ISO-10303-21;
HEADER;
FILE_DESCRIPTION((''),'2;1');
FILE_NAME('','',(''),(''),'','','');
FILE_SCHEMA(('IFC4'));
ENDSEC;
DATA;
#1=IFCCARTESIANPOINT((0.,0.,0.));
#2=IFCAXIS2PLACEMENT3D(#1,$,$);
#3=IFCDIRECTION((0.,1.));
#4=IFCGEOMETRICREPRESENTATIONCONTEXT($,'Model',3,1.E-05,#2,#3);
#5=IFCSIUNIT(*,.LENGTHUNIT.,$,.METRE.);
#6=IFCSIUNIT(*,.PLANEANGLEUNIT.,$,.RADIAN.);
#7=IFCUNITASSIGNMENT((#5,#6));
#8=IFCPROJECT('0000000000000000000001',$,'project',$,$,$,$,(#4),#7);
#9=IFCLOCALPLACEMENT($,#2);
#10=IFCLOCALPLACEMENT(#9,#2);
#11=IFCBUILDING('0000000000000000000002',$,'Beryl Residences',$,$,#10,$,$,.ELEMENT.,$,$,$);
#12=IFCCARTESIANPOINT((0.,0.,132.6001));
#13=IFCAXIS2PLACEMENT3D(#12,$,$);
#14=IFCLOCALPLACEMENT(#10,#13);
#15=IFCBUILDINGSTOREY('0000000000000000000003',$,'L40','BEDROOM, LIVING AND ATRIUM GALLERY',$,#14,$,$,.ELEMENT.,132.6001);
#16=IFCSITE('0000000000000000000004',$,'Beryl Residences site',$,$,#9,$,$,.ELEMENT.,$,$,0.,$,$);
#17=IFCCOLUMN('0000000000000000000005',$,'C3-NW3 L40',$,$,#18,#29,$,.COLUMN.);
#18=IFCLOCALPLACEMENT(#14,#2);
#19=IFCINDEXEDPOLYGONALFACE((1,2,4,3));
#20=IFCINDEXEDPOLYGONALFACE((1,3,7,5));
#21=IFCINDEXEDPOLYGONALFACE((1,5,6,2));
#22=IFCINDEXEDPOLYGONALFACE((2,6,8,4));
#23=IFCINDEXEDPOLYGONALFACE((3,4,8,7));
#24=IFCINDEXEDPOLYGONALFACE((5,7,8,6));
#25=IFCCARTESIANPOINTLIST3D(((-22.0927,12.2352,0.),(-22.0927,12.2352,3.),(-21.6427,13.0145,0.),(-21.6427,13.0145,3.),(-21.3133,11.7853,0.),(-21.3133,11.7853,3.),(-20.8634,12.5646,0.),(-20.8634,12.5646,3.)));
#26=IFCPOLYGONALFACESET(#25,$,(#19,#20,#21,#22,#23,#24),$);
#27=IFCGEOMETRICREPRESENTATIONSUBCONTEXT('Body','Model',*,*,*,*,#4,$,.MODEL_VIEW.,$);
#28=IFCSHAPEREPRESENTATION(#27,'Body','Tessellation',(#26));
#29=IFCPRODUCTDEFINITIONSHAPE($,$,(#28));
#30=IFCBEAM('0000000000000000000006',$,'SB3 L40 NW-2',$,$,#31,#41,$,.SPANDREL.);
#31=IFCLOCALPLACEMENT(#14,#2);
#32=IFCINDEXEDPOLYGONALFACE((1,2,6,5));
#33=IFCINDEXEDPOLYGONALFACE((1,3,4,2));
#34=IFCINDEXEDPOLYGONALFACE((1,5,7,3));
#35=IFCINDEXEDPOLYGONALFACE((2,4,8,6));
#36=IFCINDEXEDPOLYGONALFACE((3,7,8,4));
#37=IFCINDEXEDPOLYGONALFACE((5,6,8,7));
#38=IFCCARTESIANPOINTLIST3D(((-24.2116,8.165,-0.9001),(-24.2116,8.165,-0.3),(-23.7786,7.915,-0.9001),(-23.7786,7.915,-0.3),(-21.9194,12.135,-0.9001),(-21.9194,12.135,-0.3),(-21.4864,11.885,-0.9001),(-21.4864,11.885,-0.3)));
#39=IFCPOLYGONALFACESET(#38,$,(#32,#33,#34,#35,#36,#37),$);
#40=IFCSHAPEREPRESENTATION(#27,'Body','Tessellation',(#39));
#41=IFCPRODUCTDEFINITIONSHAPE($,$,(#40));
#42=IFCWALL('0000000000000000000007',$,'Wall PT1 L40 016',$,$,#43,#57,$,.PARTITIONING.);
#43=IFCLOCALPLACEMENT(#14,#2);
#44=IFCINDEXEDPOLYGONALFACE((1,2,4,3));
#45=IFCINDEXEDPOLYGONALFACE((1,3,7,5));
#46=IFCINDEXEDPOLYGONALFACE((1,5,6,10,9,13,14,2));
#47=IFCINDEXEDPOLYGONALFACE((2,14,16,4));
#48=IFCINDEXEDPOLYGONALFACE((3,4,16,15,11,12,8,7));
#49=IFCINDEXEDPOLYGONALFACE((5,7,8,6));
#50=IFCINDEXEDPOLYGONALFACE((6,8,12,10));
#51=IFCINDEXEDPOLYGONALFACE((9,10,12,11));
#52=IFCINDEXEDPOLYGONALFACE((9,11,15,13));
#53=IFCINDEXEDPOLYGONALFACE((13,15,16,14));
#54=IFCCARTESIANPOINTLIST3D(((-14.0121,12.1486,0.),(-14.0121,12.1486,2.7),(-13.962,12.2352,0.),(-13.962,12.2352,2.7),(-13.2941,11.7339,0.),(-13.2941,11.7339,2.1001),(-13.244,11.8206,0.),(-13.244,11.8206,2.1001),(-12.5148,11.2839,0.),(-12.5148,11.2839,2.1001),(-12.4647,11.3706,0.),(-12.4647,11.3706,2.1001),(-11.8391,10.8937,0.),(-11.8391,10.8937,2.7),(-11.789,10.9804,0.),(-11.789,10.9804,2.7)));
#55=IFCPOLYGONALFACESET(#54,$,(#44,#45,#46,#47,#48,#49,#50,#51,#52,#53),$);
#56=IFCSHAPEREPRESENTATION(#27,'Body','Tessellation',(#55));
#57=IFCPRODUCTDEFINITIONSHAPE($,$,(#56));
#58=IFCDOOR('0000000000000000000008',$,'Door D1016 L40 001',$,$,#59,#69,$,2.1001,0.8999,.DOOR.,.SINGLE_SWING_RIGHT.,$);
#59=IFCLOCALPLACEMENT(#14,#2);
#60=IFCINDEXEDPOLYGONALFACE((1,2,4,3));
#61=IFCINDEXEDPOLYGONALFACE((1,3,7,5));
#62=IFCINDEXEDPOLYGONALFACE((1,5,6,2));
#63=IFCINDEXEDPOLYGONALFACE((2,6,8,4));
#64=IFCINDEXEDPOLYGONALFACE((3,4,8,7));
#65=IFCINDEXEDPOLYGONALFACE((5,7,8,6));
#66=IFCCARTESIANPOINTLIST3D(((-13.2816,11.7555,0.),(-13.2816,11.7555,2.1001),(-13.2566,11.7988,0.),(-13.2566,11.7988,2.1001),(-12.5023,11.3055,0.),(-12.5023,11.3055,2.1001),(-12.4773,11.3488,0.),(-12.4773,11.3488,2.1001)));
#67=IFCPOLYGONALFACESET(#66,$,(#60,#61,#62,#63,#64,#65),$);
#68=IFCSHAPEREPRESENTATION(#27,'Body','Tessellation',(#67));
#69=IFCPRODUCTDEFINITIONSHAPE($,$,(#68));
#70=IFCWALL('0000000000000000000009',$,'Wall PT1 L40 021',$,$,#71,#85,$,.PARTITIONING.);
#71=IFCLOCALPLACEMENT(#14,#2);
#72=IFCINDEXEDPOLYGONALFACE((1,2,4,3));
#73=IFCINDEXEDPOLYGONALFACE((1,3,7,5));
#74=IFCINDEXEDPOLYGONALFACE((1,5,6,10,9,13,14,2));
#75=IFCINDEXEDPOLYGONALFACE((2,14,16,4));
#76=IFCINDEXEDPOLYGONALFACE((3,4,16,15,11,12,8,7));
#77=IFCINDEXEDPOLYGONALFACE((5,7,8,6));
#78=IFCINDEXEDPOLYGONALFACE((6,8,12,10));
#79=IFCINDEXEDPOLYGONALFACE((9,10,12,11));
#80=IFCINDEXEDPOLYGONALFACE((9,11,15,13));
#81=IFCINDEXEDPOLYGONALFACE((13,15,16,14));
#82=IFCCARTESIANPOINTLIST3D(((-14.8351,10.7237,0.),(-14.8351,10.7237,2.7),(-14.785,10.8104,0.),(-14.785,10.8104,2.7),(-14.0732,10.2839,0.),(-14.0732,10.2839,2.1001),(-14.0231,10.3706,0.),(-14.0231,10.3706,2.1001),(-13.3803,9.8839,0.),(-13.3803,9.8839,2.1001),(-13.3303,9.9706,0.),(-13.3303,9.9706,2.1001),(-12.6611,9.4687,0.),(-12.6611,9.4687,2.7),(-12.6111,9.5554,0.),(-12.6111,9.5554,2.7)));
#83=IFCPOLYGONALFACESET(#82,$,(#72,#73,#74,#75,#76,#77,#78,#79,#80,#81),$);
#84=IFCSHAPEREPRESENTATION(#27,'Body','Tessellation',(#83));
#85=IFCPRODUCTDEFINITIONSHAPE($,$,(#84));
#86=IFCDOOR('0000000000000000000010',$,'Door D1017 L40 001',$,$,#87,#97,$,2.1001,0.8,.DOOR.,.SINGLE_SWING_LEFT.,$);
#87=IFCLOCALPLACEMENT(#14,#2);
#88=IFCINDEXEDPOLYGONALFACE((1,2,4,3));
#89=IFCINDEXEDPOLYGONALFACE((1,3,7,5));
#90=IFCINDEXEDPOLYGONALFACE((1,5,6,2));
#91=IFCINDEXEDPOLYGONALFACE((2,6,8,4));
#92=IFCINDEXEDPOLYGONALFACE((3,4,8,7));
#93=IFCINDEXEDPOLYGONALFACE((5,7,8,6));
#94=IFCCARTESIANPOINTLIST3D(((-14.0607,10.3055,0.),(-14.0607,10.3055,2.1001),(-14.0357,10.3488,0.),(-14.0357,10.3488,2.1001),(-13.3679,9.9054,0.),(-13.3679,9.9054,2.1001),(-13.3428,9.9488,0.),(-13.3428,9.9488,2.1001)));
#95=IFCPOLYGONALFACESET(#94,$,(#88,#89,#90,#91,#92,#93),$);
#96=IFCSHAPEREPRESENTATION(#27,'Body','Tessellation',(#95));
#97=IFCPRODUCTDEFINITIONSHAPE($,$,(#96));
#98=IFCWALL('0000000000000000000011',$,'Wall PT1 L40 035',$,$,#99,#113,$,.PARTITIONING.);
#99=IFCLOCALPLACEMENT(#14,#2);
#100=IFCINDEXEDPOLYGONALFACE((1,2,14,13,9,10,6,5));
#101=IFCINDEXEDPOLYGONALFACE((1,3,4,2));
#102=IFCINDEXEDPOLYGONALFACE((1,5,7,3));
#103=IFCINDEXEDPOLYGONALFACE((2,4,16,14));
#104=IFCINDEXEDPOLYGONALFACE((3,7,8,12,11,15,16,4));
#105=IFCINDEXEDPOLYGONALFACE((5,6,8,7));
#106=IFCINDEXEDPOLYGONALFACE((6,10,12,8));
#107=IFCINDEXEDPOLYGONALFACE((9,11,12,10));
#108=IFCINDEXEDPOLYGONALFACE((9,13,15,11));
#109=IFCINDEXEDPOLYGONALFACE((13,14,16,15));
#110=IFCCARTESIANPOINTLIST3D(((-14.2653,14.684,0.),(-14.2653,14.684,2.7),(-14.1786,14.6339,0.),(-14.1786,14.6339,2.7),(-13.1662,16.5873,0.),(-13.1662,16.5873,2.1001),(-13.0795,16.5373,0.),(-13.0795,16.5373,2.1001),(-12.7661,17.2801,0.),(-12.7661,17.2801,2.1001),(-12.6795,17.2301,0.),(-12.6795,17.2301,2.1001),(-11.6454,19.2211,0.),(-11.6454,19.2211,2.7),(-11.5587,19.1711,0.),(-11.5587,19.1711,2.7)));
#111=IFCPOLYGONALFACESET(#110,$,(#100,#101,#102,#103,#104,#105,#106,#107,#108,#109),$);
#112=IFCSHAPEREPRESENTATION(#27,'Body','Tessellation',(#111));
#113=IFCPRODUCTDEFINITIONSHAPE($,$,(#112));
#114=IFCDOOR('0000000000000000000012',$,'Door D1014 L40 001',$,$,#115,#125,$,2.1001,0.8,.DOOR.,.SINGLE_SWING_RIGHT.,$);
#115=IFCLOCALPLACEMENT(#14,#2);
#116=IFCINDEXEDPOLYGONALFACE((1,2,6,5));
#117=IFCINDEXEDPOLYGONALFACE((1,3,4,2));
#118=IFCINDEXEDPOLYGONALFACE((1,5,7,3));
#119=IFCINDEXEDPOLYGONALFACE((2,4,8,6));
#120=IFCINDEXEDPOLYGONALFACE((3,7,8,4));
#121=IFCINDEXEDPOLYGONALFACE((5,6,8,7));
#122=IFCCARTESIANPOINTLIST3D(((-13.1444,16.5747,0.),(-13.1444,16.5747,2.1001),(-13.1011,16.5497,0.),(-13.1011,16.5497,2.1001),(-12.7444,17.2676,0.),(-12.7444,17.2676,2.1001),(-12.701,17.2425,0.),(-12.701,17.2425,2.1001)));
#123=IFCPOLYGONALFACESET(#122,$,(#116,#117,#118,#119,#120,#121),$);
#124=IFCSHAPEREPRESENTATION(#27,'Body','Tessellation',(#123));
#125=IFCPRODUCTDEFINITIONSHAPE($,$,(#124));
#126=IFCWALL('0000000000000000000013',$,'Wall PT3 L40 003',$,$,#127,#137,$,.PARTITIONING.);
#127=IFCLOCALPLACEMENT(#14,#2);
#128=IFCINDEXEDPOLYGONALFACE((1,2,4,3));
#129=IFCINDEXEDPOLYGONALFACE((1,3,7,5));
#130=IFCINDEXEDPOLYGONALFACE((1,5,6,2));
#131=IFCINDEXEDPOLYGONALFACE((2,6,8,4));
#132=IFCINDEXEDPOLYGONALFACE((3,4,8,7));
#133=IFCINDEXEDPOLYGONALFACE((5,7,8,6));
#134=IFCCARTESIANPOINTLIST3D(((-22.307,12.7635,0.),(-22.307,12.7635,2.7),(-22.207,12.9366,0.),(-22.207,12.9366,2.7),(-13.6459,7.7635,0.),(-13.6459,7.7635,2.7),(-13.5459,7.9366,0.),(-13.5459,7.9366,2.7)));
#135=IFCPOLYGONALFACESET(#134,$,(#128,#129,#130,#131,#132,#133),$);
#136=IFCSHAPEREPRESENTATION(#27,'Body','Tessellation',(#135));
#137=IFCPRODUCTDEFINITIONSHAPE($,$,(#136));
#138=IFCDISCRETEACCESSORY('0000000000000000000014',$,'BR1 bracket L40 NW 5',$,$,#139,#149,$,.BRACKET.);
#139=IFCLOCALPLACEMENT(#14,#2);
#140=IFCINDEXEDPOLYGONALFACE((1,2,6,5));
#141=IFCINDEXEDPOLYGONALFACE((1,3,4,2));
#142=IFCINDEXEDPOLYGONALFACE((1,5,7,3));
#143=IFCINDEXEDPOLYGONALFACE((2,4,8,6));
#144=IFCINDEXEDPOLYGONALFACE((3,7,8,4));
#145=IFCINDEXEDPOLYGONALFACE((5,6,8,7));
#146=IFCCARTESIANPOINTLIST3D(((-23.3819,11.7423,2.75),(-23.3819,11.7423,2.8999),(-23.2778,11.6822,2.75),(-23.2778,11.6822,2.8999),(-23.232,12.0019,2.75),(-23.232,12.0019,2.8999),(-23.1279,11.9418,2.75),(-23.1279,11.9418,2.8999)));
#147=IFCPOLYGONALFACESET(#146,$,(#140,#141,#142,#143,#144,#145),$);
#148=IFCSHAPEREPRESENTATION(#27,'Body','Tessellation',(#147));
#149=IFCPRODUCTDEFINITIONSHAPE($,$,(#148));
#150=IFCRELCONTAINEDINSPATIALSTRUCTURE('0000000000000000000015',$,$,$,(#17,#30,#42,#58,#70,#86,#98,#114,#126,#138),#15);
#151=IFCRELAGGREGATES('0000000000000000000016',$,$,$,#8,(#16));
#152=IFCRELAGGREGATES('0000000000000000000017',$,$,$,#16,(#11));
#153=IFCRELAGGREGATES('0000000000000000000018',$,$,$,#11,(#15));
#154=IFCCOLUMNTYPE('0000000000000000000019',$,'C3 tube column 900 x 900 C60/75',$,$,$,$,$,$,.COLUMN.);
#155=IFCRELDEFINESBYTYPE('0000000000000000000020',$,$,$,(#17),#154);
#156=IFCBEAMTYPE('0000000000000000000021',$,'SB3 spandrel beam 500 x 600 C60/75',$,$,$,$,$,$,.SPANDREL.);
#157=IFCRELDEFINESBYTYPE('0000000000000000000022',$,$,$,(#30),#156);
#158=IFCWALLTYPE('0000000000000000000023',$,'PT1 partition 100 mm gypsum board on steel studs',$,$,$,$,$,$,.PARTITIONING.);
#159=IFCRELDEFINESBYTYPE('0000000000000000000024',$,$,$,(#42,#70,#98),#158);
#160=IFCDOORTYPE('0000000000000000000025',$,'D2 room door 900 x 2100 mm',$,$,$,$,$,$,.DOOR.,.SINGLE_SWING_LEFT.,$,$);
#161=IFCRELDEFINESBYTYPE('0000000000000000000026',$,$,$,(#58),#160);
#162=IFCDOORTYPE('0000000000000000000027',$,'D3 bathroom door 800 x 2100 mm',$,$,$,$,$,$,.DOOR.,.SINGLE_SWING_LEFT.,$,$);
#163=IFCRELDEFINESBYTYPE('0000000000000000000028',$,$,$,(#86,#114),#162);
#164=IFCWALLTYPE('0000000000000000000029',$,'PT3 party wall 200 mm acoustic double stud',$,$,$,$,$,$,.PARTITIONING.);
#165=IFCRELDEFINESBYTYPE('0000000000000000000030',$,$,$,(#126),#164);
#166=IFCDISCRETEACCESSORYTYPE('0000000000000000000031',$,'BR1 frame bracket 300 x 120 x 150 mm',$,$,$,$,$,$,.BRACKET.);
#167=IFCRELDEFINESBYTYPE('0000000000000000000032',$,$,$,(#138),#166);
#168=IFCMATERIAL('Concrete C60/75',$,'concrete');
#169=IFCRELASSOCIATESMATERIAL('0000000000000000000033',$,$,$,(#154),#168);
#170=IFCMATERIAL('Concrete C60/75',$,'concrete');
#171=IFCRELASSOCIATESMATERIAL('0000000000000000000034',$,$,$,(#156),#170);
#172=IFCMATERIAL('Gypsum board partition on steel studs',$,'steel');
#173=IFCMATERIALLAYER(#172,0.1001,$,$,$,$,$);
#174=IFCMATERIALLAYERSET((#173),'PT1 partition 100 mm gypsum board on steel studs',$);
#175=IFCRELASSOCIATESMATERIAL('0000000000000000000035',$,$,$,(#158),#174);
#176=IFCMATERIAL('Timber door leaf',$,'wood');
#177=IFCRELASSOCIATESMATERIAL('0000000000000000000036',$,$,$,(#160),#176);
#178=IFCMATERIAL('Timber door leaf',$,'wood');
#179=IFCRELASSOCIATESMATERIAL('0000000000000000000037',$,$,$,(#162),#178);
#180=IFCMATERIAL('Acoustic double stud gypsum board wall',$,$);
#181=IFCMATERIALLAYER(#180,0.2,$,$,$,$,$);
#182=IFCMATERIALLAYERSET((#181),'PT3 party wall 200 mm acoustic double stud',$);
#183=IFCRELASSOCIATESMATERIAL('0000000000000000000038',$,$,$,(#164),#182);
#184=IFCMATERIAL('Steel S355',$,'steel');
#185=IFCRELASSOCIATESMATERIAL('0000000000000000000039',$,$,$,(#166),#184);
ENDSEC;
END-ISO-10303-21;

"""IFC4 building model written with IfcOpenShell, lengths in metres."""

from ifc_helpers import new_model, si_unit, direction, frame, frame_2d, origin, origin_2d, place, context, subcontext, project, spatial, polyline, rectangle, outline, extrude, source, transform, mapped, material, layer, layer_set, material_profile, profile_set, type_object, type_shapes, element, fill, save


model = new_model("IFC4")

# Units and contexts
model_context = context("Model", 3, precision=1e-05, world=origin(), true_north=direction((0.0, 1.0)))
body_context = subcontext(model_context, "Body", "Model", "MODEL_VIEW")
ifc_project = project(units=[si_unit("LENGTHUNIT", "METRE"), si_unit("PLANEANGLEUNIT", "RADIAN")], contexts=[model_context])

# Site, building, storey
site_placement = place(None, origin())
site = spatial("IfcSite", under=ifc_project, at=site_placement, Name="Beryl Residences site", CompositionType="ELEMENT", RefElevation=0.0)
building_placement = place(site_placement, origin())
building = spatial("IfcBuilding", under=site, at=building_placement, Name="Beryl Residences", CompositionType="ELEMENT")
storey_placement = place(building_placement, frame((0.0, 0.0, 132.6001)))
storey = spatial("IfcBuildingStorey", under=building, at=storey_placement, Name="L40", Description="BEDROOM, LIVING AND ATRIUM GALLERY", CompositionType="ELEMENT", Elevation=132.6001)

# Column
ifc_material_1 = material(Name="Concrete C60/75", Category="concrete")
ifc_material_profile_1 = material_profile(ifc_material_1, rectangle(XDim=0.8999, YDim=0.8999, at=origin_2d()))
ifc_profile_set_1 = profile_set([ifc_material_profile_1], Name="Concrete C60/75")
column_type = type_object("IfcColumnType", Name="C3 tube column 900 x 900 C60/75", PredefinedType="COLUMN", material=ifc_profile_set_1)
column_placement = place(storey_placement, frame((-21.478, 12.3999, 0.0), z_axis=(0.0, 0.0, 1.0), x_axis=(-0.5, -0.866025, 0.0)))
element("IfcColumn", 1, at=column_placement, inside=storey, type_object=column_type, Name="C3-NW3 L40", PredefinedType="COLUMN", context=body_context, shape_type="SweptSolid", body=[
    extrude(rectangle(XDim=0.8999, YDim=0.8999, at=origin_2d()), origin(), (0.0, 0.0, 1.0), 3.0),
])

# Beam
ifc_material_2 = material(Name="Concrete C60/75", Category="concrete")
ifc_material_profile_2 = material_profile(ifc_material_2, rectangle(XDim=0.5, YDim=0.6001, at=origin_2d()))
ifc_profile_set_2 = profile_set([ifc_material_profile_2], Name="Concrete C60/75")
beam_type = type_object("IfcBeamType", Name="SB3 spandrel beam 500 x 600 C60/75", PredefinedType="SPANDREL", material=ifc_profile_set_2)
beam_placement = place(storey_placement, frame((-21.7029, 12.01, -0.6001), z_axis=(-0.500028, -0.866009, 0.0), x_axis=(0.866009, -0.500028, 0.0)))
element("IfcBeam", 2, at=beam_placement, inside=storey, type_object=beam_type, Name="SB3 L40 NW-2", PredefinedType="SPANDREL", context=body_context, shape_type="SweptSolid", body=[
    extrude(rectangle(XDim=0.5, YDim=0.6001, at=origin_2d()), origin(), (0.0, 0.0, 1.0), 4.5842),
])

# Walls, openings, doors
ifc_material_3 = material(Name="Gypsum board partition on steel studs", Category="steel")
ifc_layer_1 = layer(ifc_material_3, 0.1001)
ifc_layer_set_1 = layer_set([ifc_layer_1], Name="PT1 partition 100 mm gypsum board on steel studs")
wall_type_1 = type_object("IfcWallType", Name="PT1 partition 100 mm gypsum board on steel studs", PredefinedType="PARTITIONING", material=ifc_layer_set_1)
wall_1_placement = place(storey_placement, frame((-13.9871, 12.1919, 0.0), z_axis=(0.0, 0.0, 1.0), x_axis=(0.865983, -0.500073, 0.0)))
wall_1 = element("IfcWall", 3, at=wall_1_placement, inside=storey, type_object=wall_type_1, Name="Wall PT1 L40 016", PredefinedType="PARTITIONING", context=body_context, shape_type="SweptSolid", body=[
    extrude(rectangle(XDim=2.5093, YDim=0.1001, at=frame_2d((1.2546, 0.0))), origin(), (0.0, 0.0, 1.0), 2.7),
])
opening_1_placement = place(wall_1_placement, frame((0.8291, 0.0, 0.0)))
opening_1 = element("IfcOpeningElement", 4, at=opening_1_placement, cuts=wall_1, PredefinedType="OPENING", context=body_context, shape_type="SweptSolid", body=[
    extrude(rectangle(XDim=0.8999, YDim=2.1001, at=frame_2d((0.45, 1.05))), frame((0.0, 0.0601, 0.0), z_axis=(0.0, -1.0, 0.0), x_axis=(1.0, 0.0, 0.0)), (0.0, 0.0, 1.0), 0.1201),
])
ifc_material_4 = material(Name="Timber door leaf", Category="wood")
door_type_1 = type_object("IfcDoorType", Name="D2 room door 900 x 2100 mm", OperationType="SINGLE_SWING_LEFT", PredefinedType="DOOR", material=ifc_material_4)
door_1_placement = place(opening_1_placement, origin())
door_1 = element("IfcDoor", 5, at=door_1_placement, inside=storey, type_object=door_type_1, Name="Door D1016 L40 001", OperationType="SINGLE_SWING_RIGHT", OverallHeight=2.1001, OverallWidth=0.8999, PredefinedType="DOOR", context=body_context, shape_type="SweptSolid", body=[
    extrude(rectangle(XDim=0.8999, YDim=2.1001, at=frame_2d((0.45, 1.05))), frame((0.0, 0.0249, 0.0), z_axis=(0.0, -1.0, 0.0), x_axis=(1.0, 0.0, 0.0)), (0.0, 0.0, 1.0), 0.05),
])
fill(opening_1, door_1)
wall_2_placement = place(storey_placement, frame((-14.8101, 10.7671, 0.0), z_axis=(0.0, 0.0, 1.0), x_axis=(0.866038, -0.499978, 0.0)))
wall_2 = element("IfcWall", 6, at=wall_2_placement, inside=storey, type_object=wall_type_1, Name="Wall PT1 L40 021", PredefinedType="PARTITIONING", context=body_context, shape_type="SweptSolid", body=[
    extrude(rectangle(XDim=2.5103, YDim=0.1001, at=frame_2d((1.2551, 0.0))), origin(), (0.0, 0.0, 1.0), 2.7),
])
opening_2_placement = place(wall_2_placement, frame((0.8799, 0.0, 0.0)))
opening_2 = element("IfcOpeningElement", 7, at=opening_2_placement, cuts=wall_2, PredefinedType="OPENING", context=body_context, shape_type="SweptSolid", body=[
    extrude(rectangle(XDim=0.8, YDim=2.1001, at=frame_2d((0.3999, 1.05))), frame((0.0, 0.0601, 0.0), z_axis=(0.0, -1.0, 0.0), x_axis=(1.0, 0.0, 0.0)), (0.0, 0.0, 1.0), 0.1201),
])
ifc_material_5 = material(Name="Timber door leaf", Category="wood")
door_type_2 = type_object("IfcDoorType", Name="D3 bathroom door 800 x 2100 mm", OperationType="SINGLE_SWING_LEFT", PredefinedType="DOOR", material=ifc_material_5)
door_2_placement = place(opening_2_placement, origin())
door_2 = element("IfcDoor", 8, at=door_2_placement, inside=storey, type_object=door_type_2, Name="Door D1017 L40 001", OperationType="SINGLE_SWING_LEFT", OverallHeight=2.1001, OverallWidth=0.8, PredefinedType="DOOR", context=body_context, shape_type="SweptSolid", body=[
    extrude(rectangle(XDim=0.8, YDim=2.1001, at=frame_2d((0.3999, 1.05))), frame((0.0, 0.0249, 0.0), z_axis=(0.0, -1.0, 0.0), x_axis=(1.0, 0.0, 0.0)), (0.0, 0.0, 1.0), 0.05),
])
fill(opening_2, door_2)
wall_3_placement = place(storey_placement, frame((-14.2219, 14.6589, 0.0), z_axis=(0.0, 0.0, 1.0), x_axis=(0.500053, 0.865995, 0.0)))
wall_3 = element("IfcWall", 9, at=wall_3_placement, inside=storey, type_object=wall_type_1, Name="Wall PT1 L40 035", PredefinedType="PARTITIONING", context=body_context, shape_type="SweptSolid", body=[
    extrude(rectangle(XDim=5.2393, YDim=0.1001, at=frame_2d((2.6196, 0.0))), origin(), (0.0, 0.0, 1.0), 2.7),
])
opening_3_placement = place(wall_3_placement, frame((2.198, 0.0, 0.0)))
opening_3 = element("IfcOpeningElement", 10, at=opening_3_placement, cuts=wall_3, PredefinedType="OPENING", context=body_context, shape_type="SweptSolid", body=[
    extrude(rectangle(XDim=0.8, YDim=2.1001, at=frame_2d((0.3999, 1.05))), frame((0.0, 0.0601, 0.0), z_axis=(0.0, -1.0, 0.0), x_axis=(1.0, 0.0, 0.0)), (0.0, 0.0, 1.0), 0.1201),
])
door_3_placement = place(opening_3_placement, origin())
door_3 = element("IfcDoor", 11, at=door_3_placement, inside=storey, type_object=door_type_2, Name="Door D1014 L40 001", OperationType="SINGLE_SWING_RIGHT", OverallHeight=2.1001, OverallWidth=0.8, PredefinedType="DOOR", context=body_context, shape_type="SweptSolid", body=[
    extrude(rectangle(XDim=0.8, YDim=2.1001, at=frame_2d((0.3999, 1.05))), frame((0.0, 0.0249, 0.0), z_axis=(0.0, -1.0, 0.0), x_axis=(1.0, 0.0, 0.0)), (0.0, 0.0, 1.0), 0.05),
])
fill(opening_3, door_3)

# Wall
ifc_material_6 = material(Name="Acoustic double stud gypsum board wall")
ifc_layer_2 = layer(ifc_material_6, 0.2)
ifc_layer_set_2 = layer_set([ifc_layer_2], Name="PT3 party wall 200 mm acoustic double stud")
wall_type_2 = type_object("IfcWallType", Name="PT3 party wall 200 mm acoustic double stud", PredefinedType="PARTITIONING", material=ifc_layer_set_2)
wall_4_placement = place(storey_placement, frame((-22.2571, 12.8501, 0.0), z_axis=(0.0, 0.0, 1.0), x_axis=(0.866047, -0.499962, 0.0)))
element("IfcWall", 12, at=wall_4_placement, inside=storey, type_object=wall_type_2, Name="Wall PT3 L40 003", PredefinedType="PARTITIONING", context=body_context, shape_type="SweptSolid", body=[
    extrude(rectangle(XDim=10.0007, YDim=0.2, at=frame_2d((5.0005, 0.0))), origin(), (0.0, 0.0, 1.0), 2.7),
])

# Discrete accessory
ifc_material_7 = material(Name="Steel S355", Category="steel")
discrete_accessory_type = type_object("IfcDiscreteAccessoryType", Name="BR1 frame bracket 300 x 120 x 150 mm", PredefinedType="BRACKET", material=ifc_material_7)
shared_shape_1 = source(origin(), body_context, "Body", "SweptSolid", [
    extrude(outline(polyline([(-0.1499, 0.0), (0.1499, 0.0), (0.1499, 0.1201), (-0.1499, 0.1201), (-0.1499, 0.0)])), origin(), (0.0, 0.0, 1.0), 0.1499),
])
type_shapes(discrete_accessory_type, [shared_shape_1])
discrete_accessory_placement = place(storey_placement, frame((-23.2029, 11.812, 2.75), z_axis=(0.0, 0.0, 1.0), x_axis=(0.5, 0.866025, 0.0)))
element("IfcDiscreteAccessory", 13, at=discrete_accessory_placement, inside=storey, type_object=discrete_accessory_type, Name="BR1 bracket L40 NW 5", PredefinedType="BRACKET", context=body_context, shape_type="MappedRepresentation", body=[
    mapped(shared_shape_1, transform((0.0, 0.0, 0.0))),
])

save(model, "model.ifc")
